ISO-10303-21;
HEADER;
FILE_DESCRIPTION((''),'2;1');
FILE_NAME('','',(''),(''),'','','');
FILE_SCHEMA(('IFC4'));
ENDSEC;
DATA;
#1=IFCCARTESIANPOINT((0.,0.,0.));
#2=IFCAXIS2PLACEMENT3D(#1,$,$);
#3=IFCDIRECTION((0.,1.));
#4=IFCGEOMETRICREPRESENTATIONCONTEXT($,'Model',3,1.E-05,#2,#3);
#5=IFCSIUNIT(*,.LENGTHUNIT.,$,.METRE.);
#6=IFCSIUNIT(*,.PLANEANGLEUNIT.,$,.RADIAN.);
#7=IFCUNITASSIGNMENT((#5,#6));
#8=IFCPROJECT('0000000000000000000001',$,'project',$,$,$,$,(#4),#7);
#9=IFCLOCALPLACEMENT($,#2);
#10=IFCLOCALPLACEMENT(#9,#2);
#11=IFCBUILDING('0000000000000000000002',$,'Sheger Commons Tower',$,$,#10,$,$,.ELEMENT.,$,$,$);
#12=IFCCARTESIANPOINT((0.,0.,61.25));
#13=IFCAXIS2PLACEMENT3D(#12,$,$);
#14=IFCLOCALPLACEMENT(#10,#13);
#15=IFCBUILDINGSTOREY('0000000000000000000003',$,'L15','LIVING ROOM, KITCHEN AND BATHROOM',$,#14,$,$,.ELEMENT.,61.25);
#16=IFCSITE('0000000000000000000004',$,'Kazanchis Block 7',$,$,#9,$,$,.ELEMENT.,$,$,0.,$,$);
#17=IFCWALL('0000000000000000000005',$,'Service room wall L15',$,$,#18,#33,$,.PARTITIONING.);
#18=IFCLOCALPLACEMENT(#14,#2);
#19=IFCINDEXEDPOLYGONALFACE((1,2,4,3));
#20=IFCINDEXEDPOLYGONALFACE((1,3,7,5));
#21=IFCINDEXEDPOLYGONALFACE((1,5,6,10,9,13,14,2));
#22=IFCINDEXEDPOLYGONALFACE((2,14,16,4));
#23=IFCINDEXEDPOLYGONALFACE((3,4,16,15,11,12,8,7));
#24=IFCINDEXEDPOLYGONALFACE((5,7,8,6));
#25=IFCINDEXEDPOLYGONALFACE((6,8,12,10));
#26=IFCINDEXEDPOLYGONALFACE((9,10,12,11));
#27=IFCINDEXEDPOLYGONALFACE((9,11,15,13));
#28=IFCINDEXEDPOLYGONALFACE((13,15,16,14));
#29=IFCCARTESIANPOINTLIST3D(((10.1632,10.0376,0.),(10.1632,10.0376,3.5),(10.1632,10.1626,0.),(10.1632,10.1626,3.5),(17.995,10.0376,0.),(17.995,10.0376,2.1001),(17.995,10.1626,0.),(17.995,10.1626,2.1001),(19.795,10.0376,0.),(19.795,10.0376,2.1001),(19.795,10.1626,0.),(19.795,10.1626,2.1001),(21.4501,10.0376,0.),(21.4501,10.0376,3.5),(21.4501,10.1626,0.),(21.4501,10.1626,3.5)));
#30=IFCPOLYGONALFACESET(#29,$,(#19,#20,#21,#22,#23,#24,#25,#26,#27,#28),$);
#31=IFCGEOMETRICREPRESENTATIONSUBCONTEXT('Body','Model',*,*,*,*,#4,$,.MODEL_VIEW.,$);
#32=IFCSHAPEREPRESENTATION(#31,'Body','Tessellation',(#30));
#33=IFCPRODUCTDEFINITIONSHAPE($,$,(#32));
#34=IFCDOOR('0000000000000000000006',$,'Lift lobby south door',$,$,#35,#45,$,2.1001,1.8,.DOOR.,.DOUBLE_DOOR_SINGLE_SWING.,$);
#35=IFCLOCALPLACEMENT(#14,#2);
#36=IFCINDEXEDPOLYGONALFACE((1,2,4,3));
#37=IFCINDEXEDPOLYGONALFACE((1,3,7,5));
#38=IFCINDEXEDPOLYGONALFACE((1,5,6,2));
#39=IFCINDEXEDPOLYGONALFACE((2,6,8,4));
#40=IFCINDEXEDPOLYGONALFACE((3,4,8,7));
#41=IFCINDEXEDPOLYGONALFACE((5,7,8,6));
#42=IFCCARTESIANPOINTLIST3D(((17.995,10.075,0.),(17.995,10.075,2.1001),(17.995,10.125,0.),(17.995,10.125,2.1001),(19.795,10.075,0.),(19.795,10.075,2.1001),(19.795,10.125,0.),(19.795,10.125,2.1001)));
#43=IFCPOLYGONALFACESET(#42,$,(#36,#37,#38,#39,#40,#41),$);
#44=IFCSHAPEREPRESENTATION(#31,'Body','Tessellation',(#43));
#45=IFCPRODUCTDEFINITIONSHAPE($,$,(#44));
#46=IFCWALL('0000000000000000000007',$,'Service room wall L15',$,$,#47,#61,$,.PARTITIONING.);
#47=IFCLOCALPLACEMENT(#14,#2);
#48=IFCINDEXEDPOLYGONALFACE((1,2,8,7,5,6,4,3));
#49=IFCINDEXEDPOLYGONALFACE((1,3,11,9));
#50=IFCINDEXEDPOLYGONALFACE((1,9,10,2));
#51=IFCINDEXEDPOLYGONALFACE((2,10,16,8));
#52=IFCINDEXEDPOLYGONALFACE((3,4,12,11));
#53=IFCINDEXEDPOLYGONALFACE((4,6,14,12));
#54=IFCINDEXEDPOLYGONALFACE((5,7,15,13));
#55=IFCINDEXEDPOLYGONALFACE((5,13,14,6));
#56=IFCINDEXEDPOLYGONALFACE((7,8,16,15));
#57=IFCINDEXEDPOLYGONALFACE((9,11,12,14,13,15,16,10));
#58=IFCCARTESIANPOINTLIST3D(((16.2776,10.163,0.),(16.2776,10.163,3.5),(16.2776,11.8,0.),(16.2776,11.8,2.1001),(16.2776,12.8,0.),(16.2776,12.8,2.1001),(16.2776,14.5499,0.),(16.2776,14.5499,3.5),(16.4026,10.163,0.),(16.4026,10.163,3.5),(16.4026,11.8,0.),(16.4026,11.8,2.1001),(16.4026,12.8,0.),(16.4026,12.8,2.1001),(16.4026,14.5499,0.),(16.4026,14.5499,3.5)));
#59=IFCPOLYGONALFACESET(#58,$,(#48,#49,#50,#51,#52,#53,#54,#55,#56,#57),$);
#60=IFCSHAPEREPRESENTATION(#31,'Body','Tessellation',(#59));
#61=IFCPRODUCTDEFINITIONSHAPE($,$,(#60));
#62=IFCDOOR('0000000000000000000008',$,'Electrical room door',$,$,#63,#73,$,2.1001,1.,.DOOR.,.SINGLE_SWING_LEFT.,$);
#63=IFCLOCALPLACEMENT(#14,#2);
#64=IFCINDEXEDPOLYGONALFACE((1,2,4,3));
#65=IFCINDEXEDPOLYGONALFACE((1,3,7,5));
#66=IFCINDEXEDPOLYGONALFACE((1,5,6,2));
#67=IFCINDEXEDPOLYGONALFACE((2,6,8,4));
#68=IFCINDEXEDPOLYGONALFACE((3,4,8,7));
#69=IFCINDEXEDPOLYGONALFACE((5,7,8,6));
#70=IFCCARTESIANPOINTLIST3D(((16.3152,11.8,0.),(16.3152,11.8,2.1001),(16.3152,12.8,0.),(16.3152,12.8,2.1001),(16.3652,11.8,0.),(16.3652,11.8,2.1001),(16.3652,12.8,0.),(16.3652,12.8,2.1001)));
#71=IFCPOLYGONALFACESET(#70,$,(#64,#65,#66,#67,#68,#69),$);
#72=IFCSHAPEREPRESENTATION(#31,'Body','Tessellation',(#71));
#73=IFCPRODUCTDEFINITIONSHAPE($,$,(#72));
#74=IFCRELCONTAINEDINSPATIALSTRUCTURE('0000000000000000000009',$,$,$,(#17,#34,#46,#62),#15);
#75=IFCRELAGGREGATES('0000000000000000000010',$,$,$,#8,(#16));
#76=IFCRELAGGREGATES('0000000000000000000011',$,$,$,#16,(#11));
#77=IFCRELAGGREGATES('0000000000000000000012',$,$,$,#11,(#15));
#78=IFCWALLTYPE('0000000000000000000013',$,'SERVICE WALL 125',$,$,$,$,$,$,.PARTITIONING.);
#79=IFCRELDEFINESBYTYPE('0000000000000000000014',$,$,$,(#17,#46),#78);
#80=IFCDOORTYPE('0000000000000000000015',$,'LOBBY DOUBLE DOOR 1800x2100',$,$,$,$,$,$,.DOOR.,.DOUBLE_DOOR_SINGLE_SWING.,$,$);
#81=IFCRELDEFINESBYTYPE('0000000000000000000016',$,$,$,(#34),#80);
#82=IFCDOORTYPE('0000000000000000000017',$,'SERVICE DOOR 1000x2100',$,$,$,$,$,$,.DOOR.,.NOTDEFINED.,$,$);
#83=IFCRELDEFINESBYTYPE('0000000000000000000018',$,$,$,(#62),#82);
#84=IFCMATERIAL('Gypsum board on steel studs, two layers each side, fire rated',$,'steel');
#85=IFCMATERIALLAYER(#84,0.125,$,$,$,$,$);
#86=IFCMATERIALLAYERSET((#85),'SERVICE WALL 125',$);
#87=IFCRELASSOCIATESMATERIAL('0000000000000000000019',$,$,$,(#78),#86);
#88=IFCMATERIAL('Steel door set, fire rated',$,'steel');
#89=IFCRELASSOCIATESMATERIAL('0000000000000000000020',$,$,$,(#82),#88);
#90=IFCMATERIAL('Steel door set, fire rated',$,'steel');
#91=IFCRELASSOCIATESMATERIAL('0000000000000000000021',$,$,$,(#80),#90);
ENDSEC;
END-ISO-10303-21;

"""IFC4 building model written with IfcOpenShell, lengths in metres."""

from ifc_helpers import new_model, si_unit, direction, frame, frame_2d, origin, place, context, subcontext, project, spatial, rectangle, extrude, material, layer, layer_set, type_object, element, fill, save


model = new_model("IFC4")

# Units and contexts
model_context = context("Model", 3, precision=1e-05, world=origin(), true_north=direction((0.0, 1.0)))
body_context = subcontext(model_context, "Body", "Model", "MODEL_VIEW")
ifc_project = project(units=[si_unit("LENGTHUNIT", "METRE"), si_unit("PLANEANGLEUNIT", "RADIAN")], contexts=[model_context])

# Site, building, storey
site_placement = place(None, origin())
site = spatial("IfcSite", under=ifc_project, at=site_placement, Name="Kazanchis Block 7", CompositionType="ELEMENT", RefElevation=0.0)
building_placement = place(site_placement, origin())
building = spatial("IfcBuilding", under=site, at=building_placement, Name="Sheger Commons Tower", CompositionType="ELEMENT")
storey_placement = place(building_placement, frame((0.0, 0.0, 61.25)))
storey = spatial("IfcBuildingStorey", under=building, at=storey_placement, Name="L15", Description="LIVING ROOM, KITCHEN AND BATHROOM", CompositionType="ELEMENT", Elevation=61.25)

# Shared definitions
ifc_material_1 = material(Name="Gypsum board on steel studs, two layers each side, fire rated", Category="steel")
ifc_layer_1 = layer(ifc_material_1, 0.125)
ifc_layer_set_1 = layer_set([ifc_layer_1], Name="SERVICE WALL 125")
wall_type_1 = type_object("IfcWallType", Name="SERVICE WALL 125", PredefinedType="PARTITIONING", material=ifc_layer_set_1)
ifc_material_2 = material(Name="Steel door set, fire rated", Category="steel")
door_type_1 = type_object("IfcDoorType", Name="SERVICE DOOR 1000x2100", OperationType="NOTDEFINED", PredefinedType="DOOR", material=ifc_material_2)

# Walls, openings, doors
wall_1_placement = place(storey_placement, frame((10.1631, 10.1001, 0.0), z_axis=(0.0, 0.0, 1.0), x_axis=(1.0, 0.0, 0.0)))
wall_1 = element("IfcWall", 1, at=wall_1_placement, inside=storey, type_object=wall_type_1, Name="Service room wall L15", PredefinedType="PARTITIONING", context=body_context, shape_type="SweptSolid", body=[
    extrude(rectangle(XDim=11.2869, YDim=0.125, at=frame_2d((5.6436, 0.0))), origin(), (0.0, 0.0, 1.0), 3.5),
])
opening_1_placement = place(wall_1_placement, frame((7.832, 0.0, 0.0)))
opening_1 = element("IfcOpeningElement", 2, at=opening_1_placement, cuts=wall_1, PredefinedType="OPENING", context=body_context, shape_type="SweptSolid", body=[
    extrude(rectangle(XDim=1.8, YDim=2.1001, at=frame_2d((0.8999, 1.05))), frame((0.0, 0.0725, 0.0), z_axis=(0.0, -1.0, 0.0), x_axis=(1.0, 0.0, 0.0)), (0.0, 0.0, 1.0), 0.145),
])
ifc_material_3 = material(Name="Steel door set, fire rated", Category="steel")
door_type_2 = type_object("IfcDoorType", Name="LOBBY DOUBLE DOOR 1800x2100", OperationType="DOUBLE_DOOR_SINGLE_SWING", PredefinedType="DOOR", material=ifc_material_3)
door_1_placement = place(opening_1_placement, origin())
door_1 = element("IfcDoor", 3, at=door_1_placement, inside=storey, type_object=door_type_2, Name="Lift lobby south door", OperationType="DOUBLE_DOOR_SINGLE_SWING", OverallHeight=2.1001, OverallWidth=1.8, PredefinedType="DOOR", context=body_context, shape_type="SweptSolid", body=[
    extrude(rectangle(XDim=1.8, YDim=2.1001, at=frame_2d((0.8999, 1.05))), frame((0.0, 0.0249, 0.0), z_axis=(0.0, -1.0, 0.0), x_axis=(1.0, 0.0, 0.0)), (0.0, 0.0, 1.0), 0.05),
])
fill(opening_1, door_1)
wall_2_placement = place(storey_placement, frame((16.3401, 10.1631, 0.0), z_axis=(0.0, 0.0, 1.0), x_axis=(0.0, 1.0, 0.0)))
wall_2 = element("IfcWall", 4, at=wall_2_placement, inside=storey, type_object=wall_type_1, Name="Service room wall L15", PredefinedType="PARTITIONING", context=body_context, shape_type="SweptSolid", body=[
    extrude(rectangle(XDim=4.387, YDim=0.125, at=frame_2d((2.1934, 0.0))), origin(), (0.0, 0.0, 1.0), 3.5),
])
opening_2_placement = place(wall_2_placement, frame((1.637, 0.0, 0.0)))
opening_2 = element("IfcOpeningElement", 5, at=opening_2_placement, cuts=wall_2, PredefinedType="OPENING", context=body_context, shape_type="SweptSolid", body=[
    extrude(rectangle(XDim=1.0, YDim=2.1001, at=frame_2d((0.5, 1.05))), frame((0.0, 0.0725, 0.0), z_axis=(0.0, -1.0, 0.0), x_axis=(1.0, 0.0, 0.0)), (0.0, 0.0, 1.0), 0.145),
])
door_2_placement = place(opening_2_placement, origin())
door_2 = element("IfcDoor", 6, at=door_2_placement, inside=storey, type_object=door_type_1, Name="Electrical room door", OperationType="SINGLE_SWING_LEFT", OverallHeight=2.1001, OverallWidth=1.0, PredefinedType="DOOR", context=body_context, shape_type="SweptSolid", body=[
    extrude(rectangle(XDim=1.0, YDim=2.1001, at=frame_2d((0.5, 1.05))), frame((0.0, 0.0249, 0.0), z_axis=(0.0, -1.0, 0.0), x_axis=(1.0, 0.0, 0.0)), (0.0, 0.0, 1.0), 0.05),
])
fill(opening_2, door_2)

save(model, "model.ifc")
